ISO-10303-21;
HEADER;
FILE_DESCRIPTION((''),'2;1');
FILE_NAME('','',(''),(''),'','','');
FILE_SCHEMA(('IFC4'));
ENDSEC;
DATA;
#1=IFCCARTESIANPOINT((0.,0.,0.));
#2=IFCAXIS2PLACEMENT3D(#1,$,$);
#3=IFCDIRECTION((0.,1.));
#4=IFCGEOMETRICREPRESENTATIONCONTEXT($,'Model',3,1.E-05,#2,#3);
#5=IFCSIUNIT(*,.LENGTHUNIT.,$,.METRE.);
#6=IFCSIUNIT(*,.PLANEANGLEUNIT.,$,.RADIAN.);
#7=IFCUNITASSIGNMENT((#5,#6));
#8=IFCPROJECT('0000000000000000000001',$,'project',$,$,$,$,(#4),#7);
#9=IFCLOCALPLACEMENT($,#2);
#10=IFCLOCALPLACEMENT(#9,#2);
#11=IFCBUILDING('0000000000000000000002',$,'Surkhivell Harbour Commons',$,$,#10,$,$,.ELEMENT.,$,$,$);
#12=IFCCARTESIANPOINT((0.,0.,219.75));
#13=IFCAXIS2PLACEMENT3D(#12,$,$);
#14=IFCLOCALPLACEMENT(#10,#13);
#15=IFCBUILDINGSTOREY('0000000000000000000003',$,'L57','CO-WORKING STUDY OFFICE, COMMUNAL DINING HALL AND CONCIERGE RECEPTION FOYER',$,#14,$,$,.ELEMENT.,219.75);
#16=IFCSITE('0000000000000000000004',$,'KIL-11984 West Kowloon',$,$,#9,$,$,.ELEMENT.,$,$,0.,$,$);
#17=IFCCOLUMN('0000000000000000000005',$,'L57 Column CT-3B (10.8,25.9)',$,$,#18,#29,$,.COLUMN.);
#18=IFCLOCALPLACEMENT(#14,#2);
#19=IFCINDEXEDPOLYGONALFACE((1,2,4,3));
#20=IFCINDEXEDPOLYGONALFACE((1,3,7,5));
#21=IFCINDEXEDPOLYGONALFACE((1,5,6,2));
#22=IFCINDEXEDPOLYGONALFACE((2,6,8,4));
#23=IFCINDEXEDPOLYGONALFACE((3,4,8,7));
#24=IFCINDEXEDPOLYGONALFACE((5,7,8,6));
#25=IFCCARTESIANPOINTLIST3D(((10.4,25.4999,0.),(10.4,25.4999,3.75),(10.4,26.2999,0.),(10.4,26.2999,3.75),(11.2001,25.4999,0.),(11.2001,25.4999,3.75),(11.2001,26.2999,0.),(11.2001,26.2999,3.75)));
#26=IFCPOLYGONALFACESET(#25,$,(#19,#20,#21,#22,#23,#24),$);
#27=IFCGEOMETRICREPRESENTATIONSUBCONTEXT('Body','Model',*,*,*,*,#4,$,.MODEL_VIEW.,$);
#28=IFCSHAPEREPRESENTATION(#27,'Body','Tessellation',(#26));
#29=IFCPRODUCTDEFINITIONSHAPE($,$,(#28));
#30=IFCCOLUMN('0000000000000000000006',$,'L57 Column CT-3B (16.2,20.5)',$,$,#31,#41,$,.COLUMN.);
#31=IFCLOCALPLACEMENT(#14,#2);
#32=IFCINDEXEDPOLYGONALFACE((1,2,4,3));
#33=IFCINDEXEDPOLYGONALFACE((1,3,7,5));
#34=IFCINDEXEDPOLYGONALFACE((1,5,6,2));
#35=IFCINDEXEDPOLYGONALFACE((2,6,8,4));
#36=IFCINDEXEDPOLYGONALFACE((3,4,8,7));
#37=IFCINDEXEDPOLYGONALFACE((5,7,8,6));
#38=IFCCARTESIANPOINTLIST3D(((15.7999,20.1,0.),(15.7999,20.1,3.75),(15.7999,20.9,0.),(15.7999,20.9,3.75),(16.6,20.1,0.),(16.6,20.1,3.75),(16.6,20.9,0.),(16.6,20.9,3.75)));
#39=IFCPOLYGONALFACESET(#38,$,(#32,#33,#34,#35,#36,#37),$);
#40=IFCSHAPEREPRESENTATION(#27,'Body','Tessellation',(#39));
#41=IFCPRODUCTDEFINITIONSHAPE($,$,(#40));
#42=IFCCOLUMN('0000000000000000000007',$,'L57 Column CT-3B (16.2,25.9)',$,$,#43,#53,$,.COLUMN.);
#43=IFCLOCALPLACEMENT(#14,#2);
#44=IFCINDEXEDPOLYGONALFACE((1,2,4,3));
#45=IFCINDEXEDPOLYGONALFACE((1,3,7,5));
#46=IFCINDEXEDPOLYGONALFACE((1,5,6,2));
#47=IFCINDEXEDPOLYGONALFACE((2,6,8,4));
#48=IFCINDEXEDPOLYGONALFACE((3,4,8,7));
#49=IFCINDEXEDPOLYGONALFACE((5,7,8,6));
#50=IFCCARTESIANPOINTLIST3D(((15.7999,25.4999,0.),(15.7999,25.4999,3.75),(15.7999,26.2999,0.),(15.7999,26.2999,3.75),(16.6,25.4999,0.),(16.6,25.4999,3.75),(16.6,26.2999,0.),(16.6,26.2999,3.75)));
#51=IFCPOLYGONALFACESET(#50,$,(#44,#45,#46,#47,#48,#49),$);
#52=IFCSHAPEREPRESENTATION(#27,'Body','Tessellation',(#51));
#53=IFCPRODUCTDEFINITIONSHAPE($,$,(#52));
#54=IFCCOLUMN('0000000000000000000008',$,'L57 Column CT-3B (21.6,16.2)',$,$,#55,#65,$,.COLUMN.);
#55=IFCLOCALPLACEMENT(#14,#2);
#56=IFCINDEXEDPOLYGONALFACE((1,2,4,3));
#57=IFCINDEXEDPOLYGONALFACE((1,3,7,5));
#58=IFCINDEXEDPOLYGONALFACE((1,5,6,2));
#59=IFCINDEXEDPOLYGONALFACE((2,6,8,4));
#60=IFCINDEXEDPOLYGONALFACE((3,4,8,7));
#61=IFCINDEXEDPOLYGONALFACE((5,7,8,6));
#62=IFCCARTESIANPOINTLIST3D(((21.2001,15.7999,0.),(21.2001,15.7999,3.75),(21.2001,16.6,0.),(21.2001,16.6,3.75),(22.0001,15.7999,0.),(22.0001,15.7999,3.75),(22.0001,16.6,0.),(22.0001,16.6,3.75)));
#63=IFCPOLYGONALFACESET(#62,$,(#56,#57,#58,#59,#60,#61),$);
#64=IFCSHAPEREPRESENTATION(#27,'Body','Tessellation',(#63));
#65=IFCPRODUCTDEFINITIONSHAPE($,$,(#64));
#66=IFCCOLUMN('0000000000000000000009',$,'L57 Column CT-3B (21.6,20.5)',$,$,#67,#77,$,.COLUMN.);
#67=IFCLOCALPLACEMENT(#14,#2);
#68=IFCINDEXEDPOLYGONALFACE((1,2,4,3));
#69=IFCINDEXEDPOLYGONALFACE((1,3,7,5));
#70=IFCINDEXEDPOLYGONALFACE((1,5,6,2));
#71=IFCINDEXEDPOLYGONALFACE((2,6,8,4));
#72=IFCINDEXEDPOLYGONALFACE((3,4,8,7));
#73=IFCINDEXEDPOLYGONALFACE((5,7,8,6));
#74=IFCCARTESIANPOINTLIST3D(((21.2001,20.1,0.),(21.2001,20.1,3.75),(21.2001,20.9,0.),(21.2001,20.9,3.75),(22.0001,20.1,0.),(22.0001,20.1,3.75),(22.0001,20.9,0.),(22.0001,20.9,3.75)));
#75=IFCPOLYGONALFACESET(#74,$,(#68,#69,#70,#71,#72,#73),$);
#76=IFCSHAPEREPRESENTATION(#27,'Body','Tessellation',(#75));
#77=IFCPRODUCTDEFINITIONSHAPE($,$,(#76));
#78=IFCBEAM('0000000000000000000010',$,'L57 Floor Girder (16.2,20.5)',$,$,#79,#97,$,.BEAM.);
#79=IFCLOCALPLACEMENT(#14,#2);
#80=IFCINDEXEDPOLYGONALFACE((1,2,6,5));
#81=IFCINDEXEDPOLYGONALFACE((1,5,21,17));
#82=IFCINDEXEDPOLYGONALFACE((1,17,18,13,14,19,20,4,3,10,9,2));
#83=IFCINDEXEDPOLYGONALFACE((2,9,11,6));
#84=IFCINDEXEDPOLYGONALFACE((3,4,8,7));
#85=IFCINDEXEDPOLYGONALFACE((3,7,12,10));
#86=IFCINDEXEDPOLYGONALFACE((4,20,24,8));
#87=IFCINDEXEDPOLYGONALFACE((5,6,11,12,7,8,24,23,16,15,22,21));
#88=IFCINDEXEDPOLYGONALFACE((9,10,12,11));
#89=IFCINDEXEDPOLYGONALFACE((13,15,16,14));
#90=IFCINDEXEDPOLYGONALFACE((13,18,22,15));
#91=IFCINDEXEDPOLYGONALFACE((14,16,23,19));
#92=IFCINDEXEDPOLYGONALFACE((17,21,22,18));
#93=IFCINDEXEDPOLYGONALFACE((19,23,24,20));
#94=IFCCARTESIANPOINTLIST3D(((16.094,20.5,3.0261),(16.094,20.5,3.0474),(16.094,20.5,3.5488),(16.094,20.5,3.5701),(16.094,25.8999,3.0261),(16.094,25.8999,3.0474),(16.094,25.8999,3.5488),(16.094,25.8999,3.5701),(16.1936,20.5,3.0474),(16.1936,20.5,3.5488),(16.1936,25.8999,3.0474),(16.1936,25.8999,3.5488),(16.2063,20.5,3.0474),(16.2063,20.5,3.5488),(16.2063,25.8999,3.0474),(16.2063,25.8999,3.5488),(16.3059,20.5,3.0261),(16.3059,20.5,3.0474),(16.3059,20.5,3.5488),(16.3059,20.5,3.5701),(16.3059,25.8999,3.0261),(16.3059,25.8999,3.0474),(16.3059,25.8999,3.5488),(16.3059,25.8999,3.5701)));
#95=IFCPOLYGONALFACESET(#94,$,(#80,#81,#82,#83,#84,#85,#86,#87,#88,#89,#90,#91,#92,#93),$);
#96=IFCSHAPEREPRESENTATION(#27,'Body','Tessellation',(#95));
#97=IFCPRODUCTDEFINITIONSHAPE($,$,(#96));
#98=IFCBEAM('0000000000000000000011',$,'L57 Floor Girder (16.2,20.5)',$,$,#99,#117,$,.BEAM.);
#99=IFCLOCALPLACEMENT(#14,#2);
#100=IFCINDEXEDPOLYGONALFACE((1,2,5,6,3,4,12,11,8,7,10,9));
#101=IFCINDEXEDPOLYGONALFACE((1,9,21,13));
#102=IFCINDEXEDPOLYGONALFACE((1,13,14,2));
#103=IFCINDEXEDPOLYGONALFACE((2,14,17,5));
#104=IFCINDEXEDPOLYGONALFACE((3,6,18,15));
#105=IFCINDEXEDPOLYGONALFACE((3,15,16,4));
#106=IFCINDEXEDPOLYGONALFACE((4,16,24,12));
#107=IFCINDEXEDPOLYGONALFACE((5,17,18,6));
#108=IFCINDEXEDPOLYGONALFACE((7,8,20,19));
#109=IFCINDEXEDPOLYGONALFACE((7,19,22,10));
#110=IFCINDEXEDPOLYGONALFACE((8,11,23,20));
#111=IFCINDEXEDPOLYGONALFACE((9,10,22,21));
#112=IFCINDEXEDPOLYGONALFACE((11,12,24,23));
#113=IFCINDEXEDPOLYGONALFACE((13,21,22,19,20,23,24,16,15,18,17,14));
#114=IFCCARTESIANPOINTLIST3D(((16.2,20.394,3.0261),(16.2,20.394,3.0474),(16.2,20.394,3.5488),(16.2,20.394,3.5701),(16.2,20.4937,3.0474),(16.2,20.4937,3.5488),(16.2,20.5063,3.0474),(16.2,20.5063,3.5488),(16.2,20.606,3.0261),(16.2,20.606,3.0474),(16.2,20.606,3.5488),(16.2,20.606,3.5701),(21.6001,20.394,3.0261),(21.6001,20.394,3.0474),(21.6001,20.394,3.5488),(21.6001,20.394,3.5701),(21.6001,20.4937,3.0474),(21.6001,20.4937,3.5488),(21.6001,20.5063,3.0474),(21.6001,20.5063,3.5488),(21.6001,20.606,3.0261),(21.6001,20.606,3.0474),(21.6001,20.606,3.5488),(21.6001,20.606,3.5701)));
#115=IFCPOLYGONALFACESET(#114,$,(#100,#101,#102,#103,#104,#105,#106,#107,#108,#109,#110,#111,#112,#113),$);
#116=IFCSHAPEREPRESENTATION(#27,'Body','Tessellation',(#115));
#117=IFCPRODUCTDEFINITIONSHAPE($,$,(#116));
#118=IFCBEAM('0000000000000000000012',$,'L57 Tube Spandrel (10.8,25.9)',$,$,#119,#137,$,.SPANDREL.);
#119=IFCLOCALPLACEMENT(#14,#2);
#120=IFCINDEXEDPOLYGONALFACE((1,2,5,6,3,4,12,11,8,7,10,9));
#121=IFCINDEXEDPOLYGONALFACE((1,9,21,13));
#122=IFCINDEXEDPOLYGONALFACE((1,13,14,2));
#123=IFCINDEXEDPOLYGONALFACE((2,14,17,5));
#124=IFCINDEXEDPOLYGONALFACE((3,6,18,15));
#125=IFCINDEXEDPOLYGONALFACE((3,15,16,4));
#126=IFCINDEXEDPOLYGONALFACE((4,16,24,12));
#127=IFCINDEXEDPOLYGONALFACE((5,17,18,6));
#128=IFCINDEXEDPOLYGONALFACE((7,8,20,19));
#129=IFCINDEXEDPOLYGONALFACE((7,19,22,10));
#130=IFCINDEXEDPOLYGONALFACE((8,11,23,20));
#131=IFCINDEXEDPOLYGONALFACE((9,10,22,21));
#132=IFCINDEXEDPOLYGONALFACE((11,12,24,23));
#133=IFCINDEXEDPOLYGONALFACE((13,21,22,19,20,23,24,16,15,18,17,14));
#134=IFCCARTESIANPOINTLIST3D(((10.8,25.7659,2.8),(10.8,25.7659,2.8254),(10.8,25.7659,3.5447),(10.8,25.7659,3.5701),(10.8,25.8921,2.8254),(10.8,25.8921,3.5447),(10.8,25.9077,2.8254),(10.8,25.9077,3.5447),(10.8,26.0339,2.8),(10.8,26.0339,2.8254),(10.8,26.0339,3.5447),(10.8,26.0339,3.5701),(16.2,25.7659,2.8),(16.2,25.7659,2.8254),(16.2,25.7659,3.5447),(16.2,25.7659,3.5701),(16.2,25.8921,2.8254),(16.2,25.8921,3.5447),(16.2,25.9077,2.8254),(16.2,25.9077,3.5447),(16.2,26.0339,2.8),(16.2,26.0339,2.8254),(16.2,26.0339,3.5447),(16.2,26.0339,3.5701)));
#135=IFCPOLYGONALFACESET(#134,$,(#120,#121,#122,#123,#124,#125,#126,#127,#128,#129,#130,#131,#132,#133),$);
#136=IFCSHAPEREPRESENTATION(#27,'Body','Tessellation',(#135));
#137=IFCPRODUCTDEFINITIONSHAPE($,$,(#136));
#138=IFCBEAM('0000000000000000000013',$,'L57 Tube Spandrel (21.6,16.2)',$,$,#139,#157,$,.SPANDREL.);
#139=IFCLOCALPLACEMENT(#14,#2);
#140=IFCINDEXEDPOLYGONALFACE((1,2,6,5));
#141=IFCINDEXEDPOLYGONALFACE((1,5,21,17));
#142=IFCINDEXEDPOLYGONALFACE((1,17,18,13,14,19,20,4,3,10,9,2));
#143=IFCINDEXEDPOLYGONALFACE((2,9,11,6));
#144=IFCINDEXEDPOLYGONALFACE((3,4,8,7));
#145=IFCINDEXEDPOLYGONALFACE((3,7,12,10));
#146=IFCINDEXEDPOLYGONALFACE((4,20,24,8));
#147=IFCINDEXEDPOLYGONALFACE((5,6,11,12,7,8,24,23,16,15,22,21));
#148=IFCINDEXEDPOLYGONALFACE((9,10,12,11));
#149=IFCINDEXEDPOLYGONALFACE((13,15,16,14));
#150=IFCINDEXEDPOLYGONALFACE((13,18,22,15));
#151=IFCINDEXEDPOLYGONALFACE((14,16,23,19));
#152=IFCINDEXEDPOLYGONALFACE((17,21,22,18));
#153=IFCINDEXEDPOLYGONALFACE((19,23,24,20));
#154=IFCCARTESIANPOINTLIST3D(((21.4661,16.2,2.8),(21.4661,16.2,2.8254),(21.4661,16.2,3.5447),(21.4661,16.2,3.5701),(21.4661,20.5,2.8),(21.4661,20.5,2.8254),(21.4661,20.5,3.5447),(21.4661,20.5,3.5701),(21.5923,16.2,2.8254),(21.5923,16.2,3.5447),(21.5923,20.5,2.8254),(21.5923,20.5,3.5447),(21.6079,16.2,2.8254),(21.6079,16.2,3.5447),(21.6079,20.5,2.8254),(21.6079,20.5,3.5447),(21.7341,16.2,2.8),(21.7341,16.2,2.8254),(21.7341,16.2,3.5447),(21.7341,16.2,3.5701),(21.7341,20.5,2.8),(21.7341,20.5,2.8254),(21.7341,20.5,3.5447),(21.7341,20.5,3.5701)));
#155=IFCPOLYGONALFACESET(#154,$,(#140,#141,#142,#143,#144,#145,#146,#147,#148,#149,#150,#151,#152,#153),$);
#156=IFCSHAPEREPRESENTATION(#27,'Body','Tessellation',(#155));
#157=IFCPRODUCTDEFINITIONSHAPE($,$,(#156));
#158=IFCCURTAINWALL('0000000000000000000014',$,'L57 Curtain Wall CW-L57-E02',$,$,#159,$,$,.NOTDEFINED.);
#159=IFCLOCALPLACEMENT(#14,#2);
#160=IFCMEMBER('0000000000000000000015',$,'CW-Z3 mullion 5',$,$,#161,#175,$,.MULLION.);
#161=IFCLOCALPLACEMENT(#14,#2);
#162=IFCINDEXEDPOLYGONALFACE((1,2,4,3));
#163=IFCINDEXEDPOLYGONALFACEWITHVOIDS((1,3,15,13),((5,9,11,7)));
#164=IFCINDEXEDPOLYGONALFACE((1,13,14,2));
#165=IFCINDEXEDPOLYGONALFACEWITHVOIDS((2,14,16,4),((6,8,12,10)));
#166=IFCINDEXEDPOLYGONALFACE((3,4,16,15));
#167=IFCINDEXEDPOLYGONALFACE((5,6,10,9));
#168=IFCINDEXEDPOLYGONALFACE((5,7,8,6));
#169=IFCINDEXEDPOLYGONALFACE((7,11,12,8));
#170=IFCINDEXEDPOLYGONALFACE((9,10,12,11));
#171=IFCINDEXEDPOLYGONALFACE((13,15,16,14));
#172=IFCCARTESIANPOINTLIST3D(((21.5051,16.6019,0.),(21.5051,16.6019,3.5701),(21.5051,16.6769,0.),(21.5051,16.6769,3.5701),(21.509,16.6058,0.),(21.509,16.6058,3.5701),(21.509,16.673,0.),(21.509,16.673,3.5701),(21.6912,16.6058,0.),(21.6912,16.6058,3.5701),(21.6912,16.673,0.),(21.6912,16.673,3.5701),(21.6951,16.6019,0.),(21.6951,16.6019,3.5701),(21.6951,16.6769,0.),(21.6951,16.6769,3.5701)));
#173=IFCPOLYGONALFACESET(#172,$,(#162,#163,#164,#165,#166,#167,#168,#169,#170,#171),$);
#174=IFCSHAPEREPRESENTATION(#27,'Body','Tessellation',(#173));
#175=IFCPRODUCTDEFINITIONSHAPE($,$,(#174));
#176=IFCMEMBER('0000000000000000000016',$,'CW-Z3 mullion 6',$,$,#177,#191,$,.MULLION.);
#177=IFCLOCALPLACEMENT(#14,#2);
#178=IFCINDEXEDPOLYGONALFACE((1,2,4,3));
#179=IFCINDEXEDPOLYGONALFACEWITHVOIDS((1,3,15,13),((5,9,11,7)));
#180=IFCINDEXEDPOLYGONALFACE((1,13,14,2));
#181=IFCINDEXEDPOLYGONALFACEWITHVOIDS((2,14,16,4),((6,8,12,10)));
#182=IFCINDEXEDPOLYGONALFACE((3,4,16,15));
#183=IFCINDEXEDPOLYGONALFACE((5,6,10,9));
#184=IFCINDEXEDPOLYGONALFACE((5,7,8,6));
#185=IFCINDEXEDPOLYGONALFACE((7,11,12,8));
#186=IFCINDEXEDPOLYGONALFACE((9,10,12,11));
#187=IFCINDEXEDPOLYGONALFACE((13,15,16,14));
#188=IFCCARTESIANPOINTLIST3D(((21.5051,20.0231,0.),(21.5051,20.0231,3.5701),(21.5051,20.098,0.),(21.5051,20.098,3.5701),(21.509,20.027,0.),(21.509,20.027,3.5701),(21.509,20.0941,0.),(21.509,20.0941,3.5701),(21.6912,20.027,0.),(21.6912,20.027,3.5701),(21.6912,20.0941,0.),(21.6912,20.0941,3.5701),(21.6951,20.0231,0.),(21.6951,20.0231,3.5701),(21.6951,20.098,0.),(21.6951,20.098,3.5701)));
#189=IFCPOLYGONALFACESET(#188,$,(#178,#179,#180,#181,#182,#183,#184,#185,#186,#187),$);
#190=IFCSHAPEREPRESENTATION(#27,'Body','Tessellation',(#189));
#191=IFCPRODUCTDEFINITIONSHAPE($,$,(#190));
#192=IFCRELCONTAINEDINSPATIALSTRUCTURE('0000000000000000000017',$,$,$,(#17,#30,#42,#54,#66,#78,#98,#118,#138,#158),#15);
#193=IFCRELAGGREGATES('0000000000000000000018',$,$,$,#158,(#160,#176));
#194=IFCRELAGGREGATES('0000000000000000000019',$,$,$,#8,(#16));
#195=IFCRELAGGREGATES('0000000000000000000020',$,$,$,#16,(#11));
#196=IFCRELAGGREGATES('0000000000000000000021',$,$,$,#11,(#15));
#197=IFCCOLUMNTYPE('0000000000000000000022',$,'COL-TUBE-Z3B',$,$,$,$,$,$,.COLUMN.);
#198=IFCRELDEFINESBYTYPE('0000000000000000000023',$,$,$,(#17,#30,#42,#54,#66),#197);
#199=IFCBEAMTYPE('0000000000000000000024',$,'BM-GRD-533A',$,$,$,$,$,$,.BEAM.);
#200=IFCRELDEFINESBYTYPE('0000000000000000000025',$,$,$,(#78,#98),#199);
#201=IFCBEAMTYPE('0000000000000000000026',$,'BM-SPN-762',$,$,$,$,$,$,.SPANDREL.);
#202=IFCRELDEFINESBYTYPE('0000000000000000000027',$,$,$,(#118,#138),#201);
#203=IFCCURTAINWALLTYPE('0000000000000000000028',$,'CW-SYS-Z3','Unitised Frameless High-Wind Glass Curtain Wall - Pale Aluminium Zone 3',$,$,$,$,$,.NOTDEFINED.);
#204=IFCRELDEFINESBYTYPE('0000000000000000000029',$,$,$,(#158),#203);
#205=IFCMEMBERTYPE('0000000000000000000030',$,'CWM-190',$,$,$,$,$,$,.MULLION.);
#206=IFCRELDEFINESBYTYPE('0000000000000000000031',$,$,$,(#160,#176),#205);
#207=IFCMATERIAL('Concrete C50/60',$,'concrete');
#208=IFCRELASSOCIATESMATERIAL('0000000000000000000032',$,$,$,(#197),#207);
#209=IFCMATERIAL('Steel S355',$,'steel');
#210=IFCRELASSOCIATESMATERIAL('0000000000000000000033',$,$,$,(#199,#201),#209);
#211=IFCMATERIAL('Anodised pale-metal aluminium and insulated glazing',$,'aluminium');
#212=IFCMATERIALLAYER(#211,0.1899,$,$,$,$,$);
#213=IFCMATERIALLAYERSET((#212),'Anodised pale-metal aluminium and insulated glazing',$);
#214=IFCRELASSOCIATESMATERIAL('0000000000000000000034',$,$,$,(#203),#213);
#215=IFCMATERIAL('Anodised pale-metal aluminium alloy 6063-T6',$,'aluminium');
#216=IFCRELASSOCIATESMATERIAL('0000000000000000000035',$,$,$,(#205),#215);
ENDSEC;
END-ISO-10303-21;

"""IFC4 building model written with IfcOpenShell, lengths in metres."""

from ifc_helpers import new_model, si_unit, direction, frame, origin, origin_2d, place, context, subcontext, project, spatial, rectangle, hollow_rectangle, i_section, extrude, material, layer, layer_set, material_profile, profile_set, type_object, element, aggregate, save


model = new_model("IFC4")

# Units and contexts
model_context = context("Model", 3, precision=1e-05, world=origin(), true_north=direction((0.0, 1.0)))
body_context = subcontext(model_context, "Body", "Model", "MODEL_VIEW")
ifc_project = project(units=[si_unit("LENGTHUNIT", "METRE"), si_unit("PLANEANGLEUNIT", "RADIAN")], contexts=[model_context])

# Site, building, storey
site_placement = place(None, origin())
site = spatial("IfcSite", under=ifc_project, at=site_placement, Name="KIL-11984 West Kowloon", CompositionType="ELEMENT", RefElevation=0.0)
building_placement = place(site_placement, origin())
building = spatial("IfcBuilding", under=site, at=building_placement, Name="Surkhivell Harbour Commons", CompositionType="ELEMENT")
storey_placement = place(building_placement, frame((0.0, 0.0, 219.75)))
storey = spatial("IfcBuildingStorey", under=building, at=storey_placement, Name="L57", Description="CO-WORKING STUDY OFFICE, COMMUNAL DINING HALL AND CONCIERGE RECEPTION FOYER", CompositionType="ELEMENT", Elevation=219.75)

# Columns
ifc_material_1 = material(Name="Concrete C50/60", Category="concrete")
ifc_material_profile_1 = material_profile(ifc_material_1, rectangle(XDim=0.8, YDim=0.8, at=origin_2d()), Name="RC-COL-800x800")
ifc_profile_set_1 = profile_set([ifc_material_profile_1], Name="Concrete C50/60")
column_type = type_object("IfcColumnType", Name="COL-TUBE-Z3B", PredefinedType="COLUMN", material=ifc_profile_set_1)
for number, where, z_axis, x_axis, name in (
    (1, (10.8, 25.8999, 0.0), (0.0, 0.0, 1.0), (1.0, 0.0, 0.0), "L57 Column CT-3B (10.8,25.9)"),
    (2, (16.2, 20.5, 0.0), (0.0, 0.0, 1.0), (1.0, 0.0, 0.0), "L57 Column CT-3B (16.2,20.5)"),
    (3, (16.2, 25.8999, 0.0), (0.0, 0.0, 1.0), (1.0, 0.0, 0.0), "L57 Column CT-3B (16.2,25.9)"),
    (4, (21.6001, 16.2, 0.0), (0.0, 0.0, 1.0), (1.0, 0.0, 0.0), "L57 Column CT-3B (21.6,16.2)"),
    (5, (21.6001, 20.5, 0.0), (0.0, 0.0, 1.0), (1.0, 0.0, 0.0), "L57 Column CT-3B (21.6,20.5)"),
):
    element("IfcColumn", number, at=place(storey_placement, frame(where, z_axis=z_axis, x_axis=x_axis)), inside=storey, type_object=column_type, Name=name, PredefinedType="COLUMN", context=body_context, shape_type="SweptSolid", body=[
        extrude(rectangle(XDim=0.8, YDim=0.8, at=origin_2d()), origin(), (0.0, 0.0, 1.0), 3.75),
    ])

# Beams
ifc_material_2 = material(Name="Steel S355", Category="steel")
ifc_material_profile_2 = material_profile(ifc_material_2, i_section(OverallWidth=0.2119, OverallDepth=0.5439, WebThickness=0.0127, FlangeThickness=0.0212, at=origin_2d()), Name="UB533x210x122")
ifc_profile_set_2 = profile_set([ifc_material_profile_2], Name="Steel S355")
beam_type_1 = type_object("IfcBeamType", Name="BM-GRD-533A", PredefinedType="BEAM", material=ifc_profile_set_2)
beam_1_placement = place(storey_placement, frame((16.2, 20.5, 3.2981), z_axis=(0.0, 1.0, 0.0), x_axis=(-1.0, 0.0, 0.0)))
element("IfcBeam", 6, at=beam_1_placement, inside=storey, type_object=beam_type_1, Name="L57 Floor Girder (16.2,20.5)", PredefinedType="BEAM", context=body_context, shape_type="SweptSolid", body=[
    extrude(i_section(OverallWidth=0.2119, OverallDepth=0.5439, WebThickness=0.0127, FlangeThickness=0.0212, at=origin_2d()), origin(), (0.0, 0.0, 1.0), 5.3999),
])
beam_2_placement = place(storey_placement, frame((16.2, 20.5, 3.2981), z_axis=(1.0, 0.0, 0.0), x_axis=(0.0, 1.0, 0.0)))
element("IfcBeam", 7, at=beam_2_placement, inside=storey, type_object=beam_type_1, Name="L57 Floor Girder (16.2,20.5)", PredefinedType="BEAM", context=body_context, shape_type="SweptSolid", body=[
    extrude(i_section(OverallWidth=0.2119, OverallDepth=0.5439, WebThickness=0.0127, FlangeThickness=0.0212, at=origin_2d()), origin(), (0.0, 0.0, 1.0), 5.4001),
])
ifc_material_profile_3 = material_profile(ifc_material_2, i_section(OverallWidth=0.2681, OverallDepth=0.77, WebThickness=0.0156, FlangeThickness=0.0254, at=origin_2d()), Name="UB762x267x197")
ifc_profile_set_3 = profile_set([ifc_material_profile_3], Name="Steel S355")
beam_type_2 = type_object("IfcBeamType", Name="BM-SPN-762", PredefinedType="SPANDREL", material=ifc_profile_set_3)
beam_3_placement = place(storey_placement, frame((10.8, 25.8999, 3.1851), z_axis=(1.0, 0.0, 0.0), x_axis=(0.0, 1.0, 0.0)))
element("IfcBeam", 8, at=beam_3_placement, inside=storey, type_object=beam_type_2, Name="L57 Tube Spandrel (10.8,25.9)", PredefinedType="SPANDREL", context=body_context, shape_type="SweptSolid", body=[
    extrude(i_section(OverallWidth=0.2681, OverallDepth=0.77, WebThickness=0.0156, FlangeThickness=0.0254, at=origin_2d()), origin(), (0.0, 0.0, 1.0), 5.3999),
])
beam_4_placement = place(storey_placement, frame((21.6001, 16.2, 3.1851), z_axis=(0.0, 1.0, 0.0), x_axis=(-1.0, 0.0, 0.0)))
element("IfcBeam", 9, at=beam_4_placement, inside=storey, type_object=beam_type_2, Name="L57 Tube Spandrel (21.6,16.2)", PredefinedType="SPANDREL", context=body_context, shape_type="SweptSolid", body=[
    extrude(i_section(OverallWidth=0.2681, OverallDepth=0.77, WebThickness=0.0156, FlangeThickness=0.0254, at=origin_2d()), origin(), (0.0, 0.0, 1.0), 4.3),
])

# Curtain wall, members
ifc_material_3 = material(Name="Anodised pale-metal aluminium and insulated glazing", Category="aluminium")
ifc_layer_1 = layer(ifc_material_3, 0.1899)
ifc_layer_set_1 = layer_set([ifc_layer_1], Name="Anodised pale-metal aluminium and insulated glazing")
curtain_wall_type = type_object("IfcCurtainWallType", Name="CW-SYS-Z3", Description="Unitised Frameless High-Wind Glass Curtain Wall - Pale Aluminium Zone 3", PredefinedType="NOTDEFINED", material=ifc_layer_set_1)
curtain_wall_1_placement = place(storey_placement, origin())
curtain_wall_1 = element("IfcCurtainWall", 10, at=curtain_wall_1_placement, inside=storey, type_object=curtain_wall_type, Name="L57 Curtain Wall CW-L57-E02", PredefinedType="NOTDEFINED")
ifc_material_4 = material(Name="Anodised pale-metal aluminium alloy 6063-T6", Category="aluminium")
ifc_material_profile_4 = material_profile(ifc_material_4, hollow_rectangle(XDim=0.075, YDim=0.1899, WallThickness=0.0039, at=origin_2d()), Name="ALU-MULL-75x190")
ifc_profile_set_4 = profile_set([ifc_material_profile_4], Name="Anodised pale-metal aluminium alloy 6063-T6")
member_type_1 = type_object("IfcMemberType", Name="CWM-190", PredefinedType="MULLION", material=ifc_profile_set_4)
member_1_placement = place(storey_placement, frame((21.6001, 16.6394, 0.0), z_axis=(0.0, 0.0, 1.0), x_axis=(0.0, 1.0, 0.0)))
member_1 = element("IfcMember", 11, at=member_1_placement, type_object=member_type_1, Name="CW-Z3 mullion 5", PredefinedType="MULLION", context=body_context, shape_type="SweptSolid", body=[
    extrude(hollow_rectangle(XDim=0.075, YDim=0.1899, WallThickness=0.0039, at=origin_2d()), origin(), (0.0, 0.0, 1.0), 3.5701),
])
member_2_placement = place(storey_placement, frame((21.6001, 20.0605, 0.0), z_axis=(0.0, 0.0, 1.0), x_axis=(0.0, 1.0, 0.0)))
member_2 = element("IfcMember", 12, at=member_2_placement, type_object=member_type_1, Name="CW-Z3 mullion 6", PredefinedType="MULLION", context=body_context, shape_type="SweptSolid", body=[
    extrude(hollow_rectangle(XDim=0.075, YDim=0.1899, WallThickness=0.0039, at=origin_2d()), origin(), (0.0, 0.0, 1.0), 3.5701),
])

aggregate(curtain_wall_1, [member_1, member_2])

save(model, "model.ifc")
